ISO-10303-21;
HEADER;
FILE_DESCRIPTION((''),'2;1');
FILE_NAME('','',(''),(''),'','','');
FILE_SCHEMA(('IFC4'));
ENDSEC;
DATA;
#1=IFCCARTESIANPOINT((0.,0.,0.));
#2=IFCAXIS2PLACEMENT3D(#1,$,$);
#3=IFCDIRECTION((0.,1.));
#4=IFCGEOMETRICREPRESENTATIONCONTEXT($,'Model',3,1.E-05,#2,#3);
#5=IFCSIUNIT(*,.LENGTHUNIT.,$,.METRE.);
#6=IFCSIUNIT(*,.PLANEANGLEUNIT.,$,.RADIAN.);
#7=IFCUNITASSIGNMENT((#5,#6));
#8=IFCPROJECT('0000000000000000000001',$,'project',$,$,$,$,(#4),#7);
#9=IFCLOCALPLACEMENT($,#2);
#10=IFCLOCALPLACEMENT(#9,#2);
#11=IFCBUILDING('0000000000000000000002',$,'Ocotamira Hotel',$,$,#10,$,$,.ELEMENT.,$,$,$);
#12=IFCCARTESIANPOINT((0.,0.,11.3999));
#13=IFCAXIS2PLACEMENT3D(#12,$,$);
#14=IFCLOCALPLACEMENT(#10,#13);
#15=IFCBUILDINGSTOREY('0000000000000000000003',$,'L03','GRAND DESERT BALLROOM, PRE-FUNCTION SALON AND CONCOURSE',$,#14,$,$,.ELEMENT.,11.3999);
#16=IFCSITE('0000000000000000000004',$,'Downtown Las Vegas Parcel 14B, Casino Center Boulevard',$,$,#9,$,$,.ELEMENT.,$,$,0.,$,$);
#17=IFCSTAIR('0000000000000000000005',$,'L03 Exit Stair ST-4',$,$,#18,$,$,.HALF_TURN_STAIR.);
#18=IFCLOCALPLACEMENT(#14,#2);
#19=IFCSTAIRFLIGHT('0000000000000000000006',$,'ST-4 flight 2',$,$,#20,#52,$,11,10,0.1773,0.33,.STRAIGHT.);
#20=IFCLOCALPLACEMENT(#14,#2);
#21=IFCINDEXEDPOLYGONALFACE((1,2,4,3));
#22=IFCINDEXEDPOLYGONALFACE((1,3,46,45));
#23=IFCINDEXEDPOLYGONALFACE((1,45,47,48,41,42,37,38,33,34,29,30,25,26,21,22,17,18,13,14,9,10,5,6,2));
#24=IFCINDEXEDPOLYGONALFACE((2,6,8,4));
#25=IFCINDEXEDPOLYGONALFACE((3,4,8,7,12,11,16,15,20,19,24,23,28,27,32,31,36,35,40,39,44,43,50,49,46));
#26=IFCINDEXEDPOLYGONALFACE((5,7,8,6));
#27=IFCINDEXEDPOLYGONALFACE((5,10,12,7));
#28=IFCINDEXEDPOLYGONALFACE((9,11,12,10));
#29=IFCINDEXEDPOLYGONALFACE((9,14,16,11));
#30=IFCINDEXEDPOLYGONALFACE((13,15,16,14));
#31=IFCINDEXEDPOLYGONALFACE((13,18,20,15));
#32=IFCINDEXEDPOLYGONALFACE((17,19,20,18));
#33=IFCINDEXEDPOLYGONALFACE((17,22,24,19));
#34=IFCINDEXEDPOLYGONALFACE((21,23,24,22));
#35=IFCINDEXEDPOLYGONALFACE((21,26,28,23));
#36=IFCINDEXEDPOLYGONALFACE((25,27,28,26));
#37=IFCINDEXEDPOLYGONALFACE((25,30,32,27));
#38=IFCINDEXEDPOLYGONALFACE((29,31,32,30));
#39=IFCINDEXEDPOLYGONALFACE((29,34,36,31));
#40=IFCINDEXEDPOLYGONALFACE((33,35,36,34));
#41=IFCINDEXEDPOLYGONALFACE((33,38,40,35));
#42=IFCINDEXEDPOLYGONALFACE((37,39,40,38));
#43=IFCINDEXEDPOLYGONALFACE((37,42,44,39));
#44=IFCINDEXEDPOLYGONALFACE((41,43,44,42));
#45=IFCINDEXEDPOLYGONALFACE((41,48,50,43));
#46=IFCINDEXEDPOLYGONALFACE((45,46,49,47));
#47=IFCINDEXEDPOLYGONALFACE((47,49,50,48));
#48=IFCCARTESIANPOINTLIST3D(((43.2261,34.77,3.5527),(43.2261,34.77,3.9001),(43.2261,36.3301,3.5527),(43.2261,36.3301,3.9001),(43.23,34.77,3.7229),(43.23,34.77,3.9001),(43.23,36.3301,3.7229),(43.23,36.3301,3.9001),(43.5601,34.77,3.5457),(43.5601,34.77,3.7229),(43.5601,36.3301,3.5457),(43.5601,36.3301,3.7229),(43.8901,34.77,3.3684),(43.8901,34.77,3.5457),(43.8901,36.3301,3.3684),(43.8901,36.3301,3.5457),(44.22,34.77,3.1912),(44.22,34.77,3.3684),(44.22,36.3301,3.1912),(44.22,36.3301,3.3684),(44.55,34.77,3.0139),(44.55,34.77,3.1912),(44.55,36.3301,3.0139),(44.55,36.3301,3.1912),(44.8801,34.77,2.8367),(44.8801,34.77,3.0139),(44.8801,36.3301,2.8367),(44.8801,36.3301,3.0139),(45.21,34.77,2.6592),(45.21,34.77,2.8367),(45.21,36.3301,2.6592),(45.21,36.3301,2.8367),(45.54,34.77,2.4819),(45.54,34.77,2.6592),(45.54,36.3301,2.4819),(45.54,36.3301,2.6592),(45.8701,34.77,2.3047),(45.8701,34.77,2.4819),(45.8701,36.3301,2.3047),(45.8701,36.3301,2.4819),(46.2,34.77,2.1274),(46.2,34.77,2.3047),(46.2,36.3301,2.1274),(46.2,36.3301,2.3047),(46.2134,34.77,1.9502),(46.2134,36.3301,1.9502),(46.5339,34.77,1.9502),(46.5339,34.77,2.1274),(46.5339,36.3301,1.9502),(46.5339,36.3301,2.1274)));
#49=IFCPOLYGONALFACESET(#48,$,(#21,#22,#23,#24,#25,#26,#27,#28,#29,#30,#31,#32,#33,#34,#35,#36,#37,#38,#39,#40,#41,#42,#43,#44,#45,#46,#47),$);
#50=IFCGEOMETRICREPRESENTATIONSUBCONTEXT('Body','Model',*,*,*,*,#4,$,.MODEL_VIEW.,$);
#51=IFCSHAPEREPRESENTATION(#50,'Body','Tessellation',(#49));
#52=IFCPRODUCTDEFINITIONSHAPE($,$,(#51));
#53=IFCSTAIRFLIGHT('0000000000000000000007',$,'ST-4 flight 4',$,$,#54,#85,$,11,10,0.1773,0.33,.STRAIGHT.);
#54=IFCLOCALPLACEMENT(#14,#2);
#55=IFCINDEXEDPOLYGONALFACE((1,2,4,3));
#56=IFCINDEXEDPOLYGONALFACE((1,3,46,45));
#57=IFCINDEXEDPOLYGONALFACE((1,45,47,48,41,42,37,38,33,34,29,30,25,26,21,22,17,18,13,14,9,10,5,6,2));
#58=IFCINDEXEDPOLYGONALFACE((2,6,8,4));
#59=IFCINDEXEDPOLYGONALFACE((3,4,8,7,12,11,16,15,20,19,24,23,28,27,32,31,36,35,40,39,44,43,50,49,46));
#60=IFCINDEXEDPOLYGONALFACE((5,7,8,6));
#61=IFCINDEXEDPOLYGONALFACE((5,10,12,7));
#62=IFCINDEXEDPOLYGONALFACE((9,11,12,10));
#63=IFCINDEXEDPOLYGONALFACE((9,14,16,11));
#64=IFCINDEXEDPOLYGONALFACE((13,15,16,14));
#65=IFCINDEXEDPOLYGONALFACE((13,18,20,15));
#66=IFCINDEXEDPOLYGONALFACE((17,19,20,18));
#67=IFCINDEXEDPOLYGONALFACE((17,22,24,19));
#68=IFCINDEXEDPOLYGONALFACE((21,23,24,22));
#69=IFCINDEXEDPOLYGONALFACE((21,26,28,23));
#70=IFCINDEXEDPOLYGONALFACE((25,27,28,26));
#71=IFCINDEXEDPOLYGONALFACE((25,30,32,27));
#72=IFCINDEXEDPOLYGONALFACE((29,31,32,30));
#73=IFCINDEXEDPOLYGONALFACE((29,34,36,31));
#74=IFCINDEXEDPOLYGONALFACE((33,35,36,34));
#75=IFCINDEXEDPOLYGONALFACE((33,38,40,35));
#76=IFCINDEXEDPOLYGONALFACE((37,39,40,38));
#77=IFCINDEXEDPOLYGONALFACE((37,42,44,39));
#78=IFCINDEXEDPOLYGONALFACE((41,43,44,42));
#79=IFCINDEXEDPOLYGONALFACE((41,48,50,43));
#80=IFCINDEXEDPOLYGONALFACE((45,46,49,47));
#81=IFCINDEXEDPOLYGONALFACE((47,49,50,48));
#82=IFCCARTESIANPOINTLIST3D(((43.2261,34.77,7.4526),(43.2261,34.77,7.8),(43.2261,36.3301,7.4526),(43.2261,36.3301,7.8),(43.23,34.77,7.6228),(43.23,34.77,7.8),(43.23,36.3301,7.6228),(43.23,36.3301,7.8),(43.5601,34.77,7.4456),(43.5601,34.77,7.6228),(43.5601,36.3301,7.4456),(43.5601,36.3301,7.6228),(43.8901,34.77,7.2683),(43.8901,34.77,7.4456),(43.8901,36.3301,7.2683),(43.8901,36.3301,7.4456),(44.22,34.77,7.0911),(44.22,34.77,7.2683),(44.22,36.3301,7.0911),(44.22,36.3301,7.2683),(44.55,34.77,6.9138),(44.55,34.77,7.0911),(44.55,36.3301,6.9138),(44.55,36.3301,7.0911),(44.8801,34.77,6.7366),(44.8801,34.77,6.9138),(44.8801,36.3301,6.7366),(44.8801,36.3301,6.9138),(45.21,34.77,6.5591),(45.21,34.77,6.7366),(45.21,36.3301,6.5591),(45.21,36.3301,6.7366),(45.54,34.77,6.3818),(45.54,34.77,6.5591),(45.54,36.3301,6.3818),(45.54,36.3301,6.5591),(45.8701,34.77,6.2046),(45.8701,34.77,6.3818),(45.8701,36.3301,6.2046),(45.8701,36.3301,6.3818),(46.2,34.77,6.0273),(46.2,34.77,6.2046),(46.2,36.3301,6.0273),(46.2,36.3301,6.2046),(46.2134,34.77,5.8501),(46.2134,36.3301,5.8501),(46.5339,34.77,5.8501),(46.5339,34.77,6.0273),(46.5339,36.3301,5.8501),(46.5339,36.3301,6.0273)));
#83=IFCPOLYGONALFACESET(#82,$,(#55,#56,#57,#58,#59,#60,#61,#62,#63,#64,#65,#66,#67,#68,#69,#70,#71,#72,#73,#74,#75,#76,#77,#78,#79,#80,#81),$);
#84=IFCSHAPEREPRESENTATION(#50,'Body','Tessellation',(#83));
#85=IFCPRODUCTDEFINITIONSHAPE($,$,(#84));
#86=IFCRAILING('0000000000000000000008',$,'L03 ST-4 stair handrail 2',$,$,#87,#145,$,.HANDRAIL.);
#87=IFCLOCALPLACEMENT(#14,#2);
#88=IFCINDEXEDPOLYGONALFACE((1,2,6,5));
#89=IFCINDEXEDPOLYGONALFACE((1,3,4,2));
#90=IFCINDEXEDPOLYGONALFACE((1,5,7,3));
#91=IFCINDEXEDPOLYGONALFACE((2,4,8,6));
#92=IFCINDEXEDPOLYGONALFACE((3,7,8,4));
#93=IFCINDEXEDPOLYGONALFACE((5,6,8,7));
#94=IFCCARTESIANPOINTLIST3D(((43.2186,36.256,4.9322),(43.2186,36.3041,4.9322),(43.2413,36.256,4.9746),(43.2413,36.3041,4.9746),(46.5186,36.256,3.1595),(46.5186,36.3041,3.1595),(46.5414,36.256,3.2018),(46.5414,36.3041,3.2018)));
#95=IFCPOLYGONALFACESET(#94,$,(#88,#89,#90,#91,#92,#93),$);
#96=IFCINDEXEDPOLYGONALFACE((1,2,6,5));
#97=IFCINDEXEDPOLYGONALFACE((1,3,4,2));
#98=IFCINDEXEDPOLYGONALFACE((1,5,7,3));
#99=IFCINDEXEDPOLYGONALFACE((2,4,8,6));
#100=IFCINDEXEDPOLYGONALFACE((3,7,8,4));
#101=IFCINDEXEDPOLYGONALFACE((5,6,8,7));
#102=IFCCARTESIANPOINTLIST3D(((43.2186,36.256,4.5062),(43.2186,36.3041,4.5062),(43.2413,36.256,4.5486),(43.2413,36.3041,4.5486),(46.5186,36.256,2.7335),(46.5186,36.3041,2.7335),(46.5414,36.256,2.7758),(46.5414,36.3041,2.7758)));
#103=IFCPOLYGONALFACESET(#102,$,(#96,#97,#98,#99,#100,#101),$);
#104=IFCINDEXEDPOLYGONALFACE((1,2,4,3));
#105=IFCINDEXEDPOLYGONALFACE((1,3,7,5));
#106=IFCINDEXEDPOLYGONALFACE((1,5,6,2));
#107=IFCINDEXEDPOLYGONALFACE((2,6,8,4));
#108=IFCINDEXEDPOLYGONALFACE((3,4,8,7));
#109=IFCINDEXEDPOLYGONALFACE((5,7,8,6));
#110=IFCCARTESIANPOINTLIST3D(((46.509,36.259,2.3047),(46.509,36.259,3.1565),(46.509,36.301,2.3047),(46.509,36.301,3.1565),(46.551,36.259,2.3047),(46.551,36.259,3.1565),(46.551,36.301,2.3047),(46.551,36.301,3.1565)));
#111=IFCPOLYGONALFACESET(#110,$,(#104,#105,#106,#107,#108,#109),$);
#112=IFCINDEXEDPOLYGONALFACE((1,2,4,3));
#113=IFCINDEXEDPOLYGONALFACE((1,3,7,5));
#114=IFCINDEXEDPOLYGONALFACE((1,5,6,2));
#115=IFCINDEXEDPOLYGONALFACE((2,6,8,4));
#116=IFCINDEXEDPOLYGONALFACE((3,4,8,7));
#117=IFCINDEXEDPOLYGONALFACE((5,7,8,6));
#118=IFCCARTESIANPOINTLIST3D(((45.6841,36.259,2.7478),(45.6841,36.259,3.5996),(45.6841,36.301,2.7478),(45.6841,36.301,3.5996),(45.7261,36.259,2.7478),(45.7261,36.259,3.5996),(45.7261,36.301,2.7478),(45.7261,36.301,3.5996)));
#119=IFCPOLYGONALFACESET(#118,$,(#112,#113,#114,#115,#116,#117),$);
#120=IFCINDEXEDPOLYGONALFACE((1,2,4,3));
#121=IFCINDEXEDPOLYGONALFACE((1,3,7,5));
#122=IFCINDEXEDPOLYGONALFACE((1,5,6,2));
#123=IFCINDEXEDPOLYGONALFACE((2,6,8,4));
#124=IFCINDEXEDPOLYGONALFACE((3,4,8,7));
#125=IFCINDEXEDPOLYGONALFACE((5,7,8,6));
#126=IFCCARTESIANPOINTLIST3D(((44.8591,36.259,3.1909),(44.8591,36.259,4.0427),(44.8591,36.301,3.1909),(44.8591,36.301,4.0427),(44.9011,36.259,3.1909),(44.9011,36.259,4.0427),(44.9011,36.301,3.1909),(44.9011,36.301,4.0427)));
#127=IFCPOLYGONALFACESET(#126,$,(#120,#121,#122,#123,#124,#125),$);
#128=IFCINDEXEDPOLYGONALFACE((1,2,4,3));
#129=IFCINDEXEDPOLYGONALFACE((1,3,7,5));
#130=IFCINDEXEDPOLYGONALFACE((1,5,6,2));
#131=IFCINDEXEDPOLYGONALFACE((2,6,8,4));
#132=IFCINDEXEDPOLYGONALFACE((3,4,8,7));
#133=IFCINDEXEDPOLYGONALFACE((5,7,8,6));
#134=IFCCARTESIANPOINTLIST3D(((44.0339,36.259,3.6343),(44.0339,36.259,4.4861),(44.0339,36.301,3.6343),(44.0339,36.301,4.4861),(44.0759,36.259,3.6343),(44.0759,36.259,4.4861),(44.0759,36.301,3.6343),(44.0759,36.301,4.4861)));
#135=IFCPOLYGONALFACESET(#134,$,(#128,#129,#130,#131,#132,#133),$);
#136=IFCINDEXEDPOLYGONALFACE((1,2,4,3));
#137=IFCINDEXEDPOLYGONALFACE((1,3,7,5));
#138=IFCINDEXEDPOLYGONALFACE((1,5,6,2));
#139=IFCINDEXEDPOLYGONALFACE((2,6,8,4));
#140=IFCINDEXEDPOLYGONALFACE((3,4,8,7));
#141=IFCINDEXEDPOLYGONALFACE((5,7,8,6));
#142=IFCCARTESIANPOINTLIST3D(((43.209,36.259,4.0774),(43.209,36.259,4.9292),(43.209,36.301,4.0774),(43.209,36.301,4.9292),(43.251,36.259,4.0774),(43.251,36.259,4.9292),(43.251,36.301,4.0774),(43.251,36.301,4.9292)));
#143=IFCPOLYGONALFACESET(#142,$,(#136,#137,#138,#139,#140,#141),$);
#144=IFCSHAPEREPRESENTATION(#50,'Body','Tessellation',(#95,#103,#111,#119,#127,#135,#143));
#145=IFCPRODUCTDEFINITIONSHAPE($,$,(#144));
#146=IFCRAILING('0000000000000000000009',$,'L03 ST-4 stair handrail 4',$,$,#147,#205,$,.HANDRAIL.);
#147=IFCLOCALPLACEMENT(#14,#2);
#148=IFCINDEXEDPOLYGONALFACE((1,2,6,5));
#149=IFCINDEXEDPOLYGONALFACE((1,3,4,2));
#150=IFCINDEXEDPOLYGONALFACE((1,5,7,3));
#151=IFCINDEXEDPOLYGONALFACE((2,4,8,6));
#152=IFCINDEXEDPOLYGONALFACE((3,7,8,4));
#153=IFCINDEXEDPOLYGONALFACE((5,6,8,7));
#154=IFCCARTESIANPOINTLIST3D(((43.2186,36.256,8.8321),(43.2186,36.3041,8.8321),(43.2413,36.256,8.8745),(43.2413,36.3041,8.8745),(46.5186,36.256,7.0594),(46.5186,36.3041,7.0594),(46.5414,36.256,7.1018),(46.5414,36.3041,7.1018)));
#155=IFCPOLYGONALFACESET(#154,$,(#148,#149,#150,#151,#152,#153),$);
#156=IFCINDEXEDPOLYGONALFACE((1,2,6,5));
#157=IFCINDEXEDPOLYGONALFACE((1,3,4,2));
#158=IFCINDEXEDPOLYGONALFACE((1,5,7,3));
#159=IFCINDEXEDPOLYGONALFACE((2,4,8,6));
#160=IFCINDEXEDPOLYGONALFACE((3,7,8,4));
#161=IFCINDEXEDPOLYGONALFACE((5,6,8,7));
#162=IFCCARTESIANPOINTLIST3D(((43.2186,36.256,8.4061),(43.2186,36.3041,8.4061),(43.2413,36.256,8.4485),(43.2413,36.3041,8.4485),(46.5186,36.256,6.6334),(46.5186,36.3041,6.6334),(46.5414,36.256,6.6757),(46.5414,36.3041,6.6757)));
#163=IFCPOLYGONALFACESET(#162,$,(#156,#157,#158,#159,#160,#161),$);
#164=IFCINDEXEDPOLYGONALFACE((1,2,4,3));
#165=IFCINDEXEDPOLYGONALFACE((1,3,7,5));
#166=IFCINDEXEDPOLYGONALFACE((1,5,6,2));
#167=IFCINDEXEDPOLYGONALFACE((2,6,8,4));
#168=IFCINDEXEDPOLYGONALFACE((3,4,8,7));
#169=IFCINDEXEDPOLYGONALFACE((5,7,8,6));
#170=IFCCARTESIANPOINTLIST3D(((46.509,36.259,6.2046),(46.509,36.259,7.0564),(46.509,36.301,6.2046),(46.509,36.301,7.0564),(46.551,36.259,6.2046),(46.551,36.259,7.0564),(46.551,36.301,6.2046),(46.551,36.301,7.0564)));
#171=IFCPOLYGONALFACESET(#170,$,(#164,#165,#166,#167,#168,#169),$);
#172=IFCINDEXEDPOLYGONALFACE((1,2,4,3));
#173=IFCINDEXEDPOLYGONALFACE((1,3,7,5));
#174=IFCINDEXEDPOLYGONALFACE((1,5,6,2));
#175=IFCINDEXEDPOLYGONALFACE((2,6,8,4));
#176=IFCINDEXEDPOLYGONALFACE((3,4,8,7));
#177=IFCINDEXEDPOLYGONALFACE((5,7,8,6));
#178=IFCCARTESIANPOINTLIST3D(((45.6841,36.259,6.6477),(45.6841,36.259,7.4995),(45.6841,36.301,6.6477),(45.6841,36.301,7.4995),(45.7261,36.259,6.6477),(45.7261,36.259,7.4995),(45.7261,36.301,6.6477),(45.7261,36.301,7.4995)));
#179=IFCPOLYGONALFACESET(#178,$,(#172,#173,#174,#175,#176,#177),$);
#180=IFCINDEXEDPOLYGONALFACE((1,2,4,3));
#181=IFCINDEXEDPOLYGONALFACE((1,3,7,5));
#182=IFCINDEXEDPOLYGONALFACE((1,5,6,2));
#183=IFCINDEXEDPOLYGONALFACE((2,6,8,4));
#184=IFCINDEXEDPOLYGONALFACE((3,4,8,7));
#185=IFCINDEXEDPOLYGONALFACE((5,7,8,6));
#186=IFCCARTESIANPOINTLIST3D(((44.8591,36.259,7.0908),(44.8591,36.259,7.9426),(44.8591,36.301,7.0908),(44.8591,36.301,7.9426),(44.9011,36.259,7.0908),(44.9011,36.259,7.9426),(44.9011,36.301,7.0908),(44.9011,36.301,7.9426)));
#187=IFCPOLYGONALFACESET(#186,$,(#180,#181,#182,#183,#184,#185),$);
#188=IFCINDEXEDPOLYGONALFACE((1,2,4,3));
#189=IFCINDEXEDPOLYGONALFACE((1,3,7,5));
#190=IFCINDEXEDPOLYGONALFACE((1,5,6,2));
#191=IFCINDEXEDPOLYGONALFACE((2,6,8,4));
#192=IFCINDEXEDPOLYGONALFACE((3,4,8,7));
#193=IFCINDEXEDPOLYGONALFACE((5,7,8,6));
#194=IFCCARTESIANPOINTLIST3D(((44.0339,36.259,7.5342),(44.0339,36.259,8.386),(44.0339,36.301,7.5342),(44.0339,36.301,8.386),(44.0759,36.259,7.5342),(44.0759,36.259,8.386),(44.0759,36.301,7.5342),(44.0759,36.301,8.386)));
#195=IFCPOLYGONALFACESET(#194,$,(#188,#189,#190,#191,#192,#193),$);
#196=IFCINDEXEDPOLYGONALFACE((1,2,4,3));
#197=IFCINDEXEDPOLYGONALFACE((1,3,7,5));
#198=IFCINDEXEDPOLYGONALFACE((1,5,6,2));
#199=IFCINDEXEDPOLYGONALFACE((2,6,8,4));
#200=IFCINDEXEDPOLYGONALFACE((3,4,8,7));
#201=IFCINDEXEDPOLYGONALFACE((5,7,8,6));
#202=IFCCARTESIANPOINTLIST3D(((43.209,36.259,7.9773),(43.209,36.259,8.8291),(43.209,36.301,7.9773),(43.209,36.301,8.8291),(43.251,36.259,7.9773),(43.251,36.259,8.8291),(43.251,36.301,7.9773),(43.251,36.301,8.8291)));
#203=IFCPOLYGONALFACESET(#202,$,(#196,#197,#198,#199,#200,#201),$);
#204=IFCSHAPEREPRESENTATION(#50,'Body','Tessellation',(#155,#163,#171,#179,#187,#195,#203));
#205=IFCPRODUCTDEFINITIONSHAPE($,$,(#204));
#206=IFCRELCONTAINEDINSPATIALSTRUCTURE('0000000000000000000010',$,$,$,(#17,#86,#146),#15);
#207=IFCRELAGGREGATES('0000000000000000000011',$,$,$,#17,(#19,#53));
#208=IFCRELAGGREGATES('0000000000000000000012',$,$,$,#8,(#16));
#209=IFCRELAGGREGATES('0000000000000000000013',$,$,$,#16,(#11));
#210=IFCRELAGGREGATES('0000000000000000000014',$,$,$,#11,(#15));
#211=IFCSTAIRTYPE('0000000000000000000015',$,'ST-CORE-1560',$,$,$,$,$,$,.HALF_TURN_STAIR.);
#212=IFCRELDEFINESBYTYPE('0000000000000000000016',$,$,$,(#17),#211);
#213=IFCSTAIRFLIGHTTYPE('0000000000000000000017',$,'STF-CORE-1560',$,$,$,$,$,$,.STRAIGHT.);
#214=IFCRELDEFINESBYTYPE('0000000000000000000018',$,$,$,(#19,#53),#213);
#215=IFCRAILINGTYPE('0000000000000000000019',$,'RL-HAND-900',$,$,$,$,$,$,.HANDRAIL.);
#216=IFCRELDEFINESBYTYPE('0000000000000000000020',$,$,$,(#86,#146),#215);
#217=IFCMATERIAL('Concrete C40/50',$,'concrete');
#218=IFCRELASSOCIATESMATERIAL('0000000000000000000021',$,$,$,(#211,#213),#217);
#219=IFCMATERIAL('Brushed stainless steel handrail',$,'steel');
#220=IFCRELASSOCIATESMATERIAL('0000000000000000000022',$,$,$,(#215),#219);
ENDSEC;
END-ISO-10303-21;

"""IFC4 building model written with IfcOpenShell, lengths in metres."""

from ifc_helpers import new_model, si_unit, direction, frame, origin, origin_2d, place, context, subcontext, project, spatial, polyline, rectangle, outline, extrude, source, transform, mapped, material, type_object, element, aggregate, save


model = new_model("IFC4")

# Units and contexts
model_context = context("Model", 3, precision=1e-05, world=origin(), true_north=direction((0.0, 1.0)))
body_context = subcontext(model_context, "Body", "Model", "MODEL_VIEW")
ifc_project = project(units=[si_unit("LENGTHUNIT", "METRE"), si_unit("PLANEANGLEUNIT", "RADIAN")], contexts=[model_context])

# Site, building, storey
site_placement = place(None, origin())
site = spatial("IfcSite", under=ifc_project, at=site_placement, Name="Downtown Las Vegas Parcel 14B, Casino Center Boulevard", CompositionType="ELEMENT", RefElevation=0.0)
building_placement = place(site_placement, origin())
building = spatial("IfcBuilding", under=site, at=building_placement, Name="Ocotamira Hotel", CompositionType="ELEMENT")
storey_placement = place(building_placement, frame((0.0, 0.0, 11.3999)))
storey = spatial("IfcBuildingStorey", under=building, at=storey_placement, Name="L03", Description="GRAND DESERT BALLROOM, PRE-FUNCTION SALON AND CONCOURSE", CompositionType="ELEMENT", Elevation=11.3999)

# Stair, stair flights
ifc_material_1 = material(Name="Concrete C40/50", Category="concrete")
stair_type = type_object("IfcStairType", Name="ST-CORE-1560", PredefinedType="HALF_TURN_STAIR", material=ifc_material_1)
stair_placement = place(storey_placement, origin())
stair = element("IfcStair", 1, at=stair_placement, inside=storey, type_object=stair_type, Name="L03 Exit Stair ST-4", PredefinedType="HALF_TURN_STAIR")
stair_flight_type = type_object("IfcStairFlightType", Name="STF-CORE-1560", PredefinedType="STRAIGHT", material=ifc_material_1)
shared_shape_1 = source(origin(), body_context, "Body", "SweptSolid", [
    extrude(outline(polyline([(-0.0039, 0.0), (-0.0039, 0.1772), (0.3301, 0.1772), (0.3301, 0.3545), (0.6599, 0.3545), (0.6599, 0.5317), (0.99, 0.5317), (0.99, 0.709), (1.3201, 0.709), (1.3201, 0.8865), (1.6499, 0.8865), (1.6499, 1.0637), (1.98, 1.0637), (1.98, 1.241), (2.3101, 1.241), (2.3101, 1.4182), (2.6399, 1.4182), (2.6399, 1.5955), (2.97, 1.5955), (2.97, 1.7727), (3.3, 1.7727), (3.3, 1.95), (3.304, 1.95), (3.304, 1.6025), (0.3167, 0.0), (-0.0039, 0.0)])), frame((0.0, 0.78, 0.0), z_axis=(0.0, -1.0, 0.0), x_axis=(1.0, 0.0, 0.0)), (0.0, 0.0, 1.0), 1.5601),
])
stair_flight_1_placement = place(storey_placement, frame((46.53, 35.55, 1.9502), z_axis=(0.0, 0.0, 1.0), x_axis=(-1.0, 0.0, 0.0)))
stair_flight_1 = element("IfcStairFlight", 2, at=stair_flight_1_placement, type_object=stair_flight_type, Name="ST-4 flight 2", NumberOfRisers=11, NumberOfTreads=10, PredefinedType="STRAIGHT", RiserHeight=0.1773, TreadLength=0.33, context=body_context, shape_type="MappedRepresentation", body=[
    mapped(shared_shape_1, transform((0.0, 0.0, 0.0), scale=1.0)),
])
stair_flight_2_placement = place(storey_placement, frame((46.53, 35.55, 5.8501), z_axis=(0.0, 0.0, 1.0), x_axis=(-1.0, 0.0, 0.0)))
stair_flight_2 = element("IfcStairFlight", 3, at=stair_flight_2_placement, type_object=stair_flight_type, Name="ST-4 flight 4", NumberOfRisers=11, NumberOfTreads=10, PredefinedType="STRAIGHT", RiserHeight=0.1773, TreadLength=0.33, context=body_context, shape_type="MappedRepresentation", body=[
    mapped(shared_shape_1, transform((0.0, 0.0, 0.0), scale=1.0)),
])
aggregate(stair, [stair_flight_1, stair_flight_2])

# Railings
ifc_material_2 = material(Name="Brushed stainless steel handrail", Category="steel")
railing_type_1 = type_object("IfcRailingType", Name="RL-HAND-900", PredefinedType="HANDRAIL", material=ifc_material_2)
for number, where, name in (
    (4, (46.53, 36.28, 2.3047), "L03 ST-4 stair handrail 2"),
    (5, (46.53, 36.28, 6.2046), "L03 ST-4 stair handrail 4"),
):
    element("IfcRailing", number, at=place(storey_placement, frame(where)), inside=storey, type_object=railing_type_1, Name=name, PredefinedType="HANDRAIL", context=body_context, shape_type="SweptSolid", body=[
        extrude(rectangle(XDim=0.0481, YDim=0.0481, at=origin_2d()), frame((0.0, 0.0, 0.876), z_axis=(-0.880944, 0.0, 0.473221), x_axis=(0.0, -1.0, 0.0)), (0.0, 0.0, 1.0), 3.7461),
        extrude(rectangle(XDim=0.0481, YDim=0.0481, at=origin_2d()), frame((0.0, 0.0, 0.45), z_axis=(-0.880944, 0.0, 0.473221), x_axis=(0.0, -1.0, 0.0)), (0.0, 0.0, 1.0), 3.7461),
        extrude(rectangle(XDim=0.042, YDim=0.042, at=origin_2d()), origin(), (0.0, 0.0, 1.0), 0.8518),
        extrude(rectangle(XDim=0.042, YDim=0.042, at=origin_2d()), frame((-0.825, 0.0, 0.4431)), (0.0, 0.0, 1.0), 0.8518),
        extrude(rectangle(XDim=0.042, YDim=0.042, at=origin_2d()), frame((-1.6499, 0.0, 0.8862)), (0.0, 0.0, 1.0), 0.8518),
        extrude(rectangle(XDim=0.042, YDim=0.042, at=origin_2d()), frame((-2.4751, 0.0, 1.3296)), (0.0, 0.0, 1.0), 0.8518),
        extrude(rectangle(XDim=0.042, YDim=0.042, at=origin_2d()), frame((-3.3, 0.0, 1.7727)), (0.0, 0.0, 1.0), 0.8518),
    ])

save(model, "model.ifc")
